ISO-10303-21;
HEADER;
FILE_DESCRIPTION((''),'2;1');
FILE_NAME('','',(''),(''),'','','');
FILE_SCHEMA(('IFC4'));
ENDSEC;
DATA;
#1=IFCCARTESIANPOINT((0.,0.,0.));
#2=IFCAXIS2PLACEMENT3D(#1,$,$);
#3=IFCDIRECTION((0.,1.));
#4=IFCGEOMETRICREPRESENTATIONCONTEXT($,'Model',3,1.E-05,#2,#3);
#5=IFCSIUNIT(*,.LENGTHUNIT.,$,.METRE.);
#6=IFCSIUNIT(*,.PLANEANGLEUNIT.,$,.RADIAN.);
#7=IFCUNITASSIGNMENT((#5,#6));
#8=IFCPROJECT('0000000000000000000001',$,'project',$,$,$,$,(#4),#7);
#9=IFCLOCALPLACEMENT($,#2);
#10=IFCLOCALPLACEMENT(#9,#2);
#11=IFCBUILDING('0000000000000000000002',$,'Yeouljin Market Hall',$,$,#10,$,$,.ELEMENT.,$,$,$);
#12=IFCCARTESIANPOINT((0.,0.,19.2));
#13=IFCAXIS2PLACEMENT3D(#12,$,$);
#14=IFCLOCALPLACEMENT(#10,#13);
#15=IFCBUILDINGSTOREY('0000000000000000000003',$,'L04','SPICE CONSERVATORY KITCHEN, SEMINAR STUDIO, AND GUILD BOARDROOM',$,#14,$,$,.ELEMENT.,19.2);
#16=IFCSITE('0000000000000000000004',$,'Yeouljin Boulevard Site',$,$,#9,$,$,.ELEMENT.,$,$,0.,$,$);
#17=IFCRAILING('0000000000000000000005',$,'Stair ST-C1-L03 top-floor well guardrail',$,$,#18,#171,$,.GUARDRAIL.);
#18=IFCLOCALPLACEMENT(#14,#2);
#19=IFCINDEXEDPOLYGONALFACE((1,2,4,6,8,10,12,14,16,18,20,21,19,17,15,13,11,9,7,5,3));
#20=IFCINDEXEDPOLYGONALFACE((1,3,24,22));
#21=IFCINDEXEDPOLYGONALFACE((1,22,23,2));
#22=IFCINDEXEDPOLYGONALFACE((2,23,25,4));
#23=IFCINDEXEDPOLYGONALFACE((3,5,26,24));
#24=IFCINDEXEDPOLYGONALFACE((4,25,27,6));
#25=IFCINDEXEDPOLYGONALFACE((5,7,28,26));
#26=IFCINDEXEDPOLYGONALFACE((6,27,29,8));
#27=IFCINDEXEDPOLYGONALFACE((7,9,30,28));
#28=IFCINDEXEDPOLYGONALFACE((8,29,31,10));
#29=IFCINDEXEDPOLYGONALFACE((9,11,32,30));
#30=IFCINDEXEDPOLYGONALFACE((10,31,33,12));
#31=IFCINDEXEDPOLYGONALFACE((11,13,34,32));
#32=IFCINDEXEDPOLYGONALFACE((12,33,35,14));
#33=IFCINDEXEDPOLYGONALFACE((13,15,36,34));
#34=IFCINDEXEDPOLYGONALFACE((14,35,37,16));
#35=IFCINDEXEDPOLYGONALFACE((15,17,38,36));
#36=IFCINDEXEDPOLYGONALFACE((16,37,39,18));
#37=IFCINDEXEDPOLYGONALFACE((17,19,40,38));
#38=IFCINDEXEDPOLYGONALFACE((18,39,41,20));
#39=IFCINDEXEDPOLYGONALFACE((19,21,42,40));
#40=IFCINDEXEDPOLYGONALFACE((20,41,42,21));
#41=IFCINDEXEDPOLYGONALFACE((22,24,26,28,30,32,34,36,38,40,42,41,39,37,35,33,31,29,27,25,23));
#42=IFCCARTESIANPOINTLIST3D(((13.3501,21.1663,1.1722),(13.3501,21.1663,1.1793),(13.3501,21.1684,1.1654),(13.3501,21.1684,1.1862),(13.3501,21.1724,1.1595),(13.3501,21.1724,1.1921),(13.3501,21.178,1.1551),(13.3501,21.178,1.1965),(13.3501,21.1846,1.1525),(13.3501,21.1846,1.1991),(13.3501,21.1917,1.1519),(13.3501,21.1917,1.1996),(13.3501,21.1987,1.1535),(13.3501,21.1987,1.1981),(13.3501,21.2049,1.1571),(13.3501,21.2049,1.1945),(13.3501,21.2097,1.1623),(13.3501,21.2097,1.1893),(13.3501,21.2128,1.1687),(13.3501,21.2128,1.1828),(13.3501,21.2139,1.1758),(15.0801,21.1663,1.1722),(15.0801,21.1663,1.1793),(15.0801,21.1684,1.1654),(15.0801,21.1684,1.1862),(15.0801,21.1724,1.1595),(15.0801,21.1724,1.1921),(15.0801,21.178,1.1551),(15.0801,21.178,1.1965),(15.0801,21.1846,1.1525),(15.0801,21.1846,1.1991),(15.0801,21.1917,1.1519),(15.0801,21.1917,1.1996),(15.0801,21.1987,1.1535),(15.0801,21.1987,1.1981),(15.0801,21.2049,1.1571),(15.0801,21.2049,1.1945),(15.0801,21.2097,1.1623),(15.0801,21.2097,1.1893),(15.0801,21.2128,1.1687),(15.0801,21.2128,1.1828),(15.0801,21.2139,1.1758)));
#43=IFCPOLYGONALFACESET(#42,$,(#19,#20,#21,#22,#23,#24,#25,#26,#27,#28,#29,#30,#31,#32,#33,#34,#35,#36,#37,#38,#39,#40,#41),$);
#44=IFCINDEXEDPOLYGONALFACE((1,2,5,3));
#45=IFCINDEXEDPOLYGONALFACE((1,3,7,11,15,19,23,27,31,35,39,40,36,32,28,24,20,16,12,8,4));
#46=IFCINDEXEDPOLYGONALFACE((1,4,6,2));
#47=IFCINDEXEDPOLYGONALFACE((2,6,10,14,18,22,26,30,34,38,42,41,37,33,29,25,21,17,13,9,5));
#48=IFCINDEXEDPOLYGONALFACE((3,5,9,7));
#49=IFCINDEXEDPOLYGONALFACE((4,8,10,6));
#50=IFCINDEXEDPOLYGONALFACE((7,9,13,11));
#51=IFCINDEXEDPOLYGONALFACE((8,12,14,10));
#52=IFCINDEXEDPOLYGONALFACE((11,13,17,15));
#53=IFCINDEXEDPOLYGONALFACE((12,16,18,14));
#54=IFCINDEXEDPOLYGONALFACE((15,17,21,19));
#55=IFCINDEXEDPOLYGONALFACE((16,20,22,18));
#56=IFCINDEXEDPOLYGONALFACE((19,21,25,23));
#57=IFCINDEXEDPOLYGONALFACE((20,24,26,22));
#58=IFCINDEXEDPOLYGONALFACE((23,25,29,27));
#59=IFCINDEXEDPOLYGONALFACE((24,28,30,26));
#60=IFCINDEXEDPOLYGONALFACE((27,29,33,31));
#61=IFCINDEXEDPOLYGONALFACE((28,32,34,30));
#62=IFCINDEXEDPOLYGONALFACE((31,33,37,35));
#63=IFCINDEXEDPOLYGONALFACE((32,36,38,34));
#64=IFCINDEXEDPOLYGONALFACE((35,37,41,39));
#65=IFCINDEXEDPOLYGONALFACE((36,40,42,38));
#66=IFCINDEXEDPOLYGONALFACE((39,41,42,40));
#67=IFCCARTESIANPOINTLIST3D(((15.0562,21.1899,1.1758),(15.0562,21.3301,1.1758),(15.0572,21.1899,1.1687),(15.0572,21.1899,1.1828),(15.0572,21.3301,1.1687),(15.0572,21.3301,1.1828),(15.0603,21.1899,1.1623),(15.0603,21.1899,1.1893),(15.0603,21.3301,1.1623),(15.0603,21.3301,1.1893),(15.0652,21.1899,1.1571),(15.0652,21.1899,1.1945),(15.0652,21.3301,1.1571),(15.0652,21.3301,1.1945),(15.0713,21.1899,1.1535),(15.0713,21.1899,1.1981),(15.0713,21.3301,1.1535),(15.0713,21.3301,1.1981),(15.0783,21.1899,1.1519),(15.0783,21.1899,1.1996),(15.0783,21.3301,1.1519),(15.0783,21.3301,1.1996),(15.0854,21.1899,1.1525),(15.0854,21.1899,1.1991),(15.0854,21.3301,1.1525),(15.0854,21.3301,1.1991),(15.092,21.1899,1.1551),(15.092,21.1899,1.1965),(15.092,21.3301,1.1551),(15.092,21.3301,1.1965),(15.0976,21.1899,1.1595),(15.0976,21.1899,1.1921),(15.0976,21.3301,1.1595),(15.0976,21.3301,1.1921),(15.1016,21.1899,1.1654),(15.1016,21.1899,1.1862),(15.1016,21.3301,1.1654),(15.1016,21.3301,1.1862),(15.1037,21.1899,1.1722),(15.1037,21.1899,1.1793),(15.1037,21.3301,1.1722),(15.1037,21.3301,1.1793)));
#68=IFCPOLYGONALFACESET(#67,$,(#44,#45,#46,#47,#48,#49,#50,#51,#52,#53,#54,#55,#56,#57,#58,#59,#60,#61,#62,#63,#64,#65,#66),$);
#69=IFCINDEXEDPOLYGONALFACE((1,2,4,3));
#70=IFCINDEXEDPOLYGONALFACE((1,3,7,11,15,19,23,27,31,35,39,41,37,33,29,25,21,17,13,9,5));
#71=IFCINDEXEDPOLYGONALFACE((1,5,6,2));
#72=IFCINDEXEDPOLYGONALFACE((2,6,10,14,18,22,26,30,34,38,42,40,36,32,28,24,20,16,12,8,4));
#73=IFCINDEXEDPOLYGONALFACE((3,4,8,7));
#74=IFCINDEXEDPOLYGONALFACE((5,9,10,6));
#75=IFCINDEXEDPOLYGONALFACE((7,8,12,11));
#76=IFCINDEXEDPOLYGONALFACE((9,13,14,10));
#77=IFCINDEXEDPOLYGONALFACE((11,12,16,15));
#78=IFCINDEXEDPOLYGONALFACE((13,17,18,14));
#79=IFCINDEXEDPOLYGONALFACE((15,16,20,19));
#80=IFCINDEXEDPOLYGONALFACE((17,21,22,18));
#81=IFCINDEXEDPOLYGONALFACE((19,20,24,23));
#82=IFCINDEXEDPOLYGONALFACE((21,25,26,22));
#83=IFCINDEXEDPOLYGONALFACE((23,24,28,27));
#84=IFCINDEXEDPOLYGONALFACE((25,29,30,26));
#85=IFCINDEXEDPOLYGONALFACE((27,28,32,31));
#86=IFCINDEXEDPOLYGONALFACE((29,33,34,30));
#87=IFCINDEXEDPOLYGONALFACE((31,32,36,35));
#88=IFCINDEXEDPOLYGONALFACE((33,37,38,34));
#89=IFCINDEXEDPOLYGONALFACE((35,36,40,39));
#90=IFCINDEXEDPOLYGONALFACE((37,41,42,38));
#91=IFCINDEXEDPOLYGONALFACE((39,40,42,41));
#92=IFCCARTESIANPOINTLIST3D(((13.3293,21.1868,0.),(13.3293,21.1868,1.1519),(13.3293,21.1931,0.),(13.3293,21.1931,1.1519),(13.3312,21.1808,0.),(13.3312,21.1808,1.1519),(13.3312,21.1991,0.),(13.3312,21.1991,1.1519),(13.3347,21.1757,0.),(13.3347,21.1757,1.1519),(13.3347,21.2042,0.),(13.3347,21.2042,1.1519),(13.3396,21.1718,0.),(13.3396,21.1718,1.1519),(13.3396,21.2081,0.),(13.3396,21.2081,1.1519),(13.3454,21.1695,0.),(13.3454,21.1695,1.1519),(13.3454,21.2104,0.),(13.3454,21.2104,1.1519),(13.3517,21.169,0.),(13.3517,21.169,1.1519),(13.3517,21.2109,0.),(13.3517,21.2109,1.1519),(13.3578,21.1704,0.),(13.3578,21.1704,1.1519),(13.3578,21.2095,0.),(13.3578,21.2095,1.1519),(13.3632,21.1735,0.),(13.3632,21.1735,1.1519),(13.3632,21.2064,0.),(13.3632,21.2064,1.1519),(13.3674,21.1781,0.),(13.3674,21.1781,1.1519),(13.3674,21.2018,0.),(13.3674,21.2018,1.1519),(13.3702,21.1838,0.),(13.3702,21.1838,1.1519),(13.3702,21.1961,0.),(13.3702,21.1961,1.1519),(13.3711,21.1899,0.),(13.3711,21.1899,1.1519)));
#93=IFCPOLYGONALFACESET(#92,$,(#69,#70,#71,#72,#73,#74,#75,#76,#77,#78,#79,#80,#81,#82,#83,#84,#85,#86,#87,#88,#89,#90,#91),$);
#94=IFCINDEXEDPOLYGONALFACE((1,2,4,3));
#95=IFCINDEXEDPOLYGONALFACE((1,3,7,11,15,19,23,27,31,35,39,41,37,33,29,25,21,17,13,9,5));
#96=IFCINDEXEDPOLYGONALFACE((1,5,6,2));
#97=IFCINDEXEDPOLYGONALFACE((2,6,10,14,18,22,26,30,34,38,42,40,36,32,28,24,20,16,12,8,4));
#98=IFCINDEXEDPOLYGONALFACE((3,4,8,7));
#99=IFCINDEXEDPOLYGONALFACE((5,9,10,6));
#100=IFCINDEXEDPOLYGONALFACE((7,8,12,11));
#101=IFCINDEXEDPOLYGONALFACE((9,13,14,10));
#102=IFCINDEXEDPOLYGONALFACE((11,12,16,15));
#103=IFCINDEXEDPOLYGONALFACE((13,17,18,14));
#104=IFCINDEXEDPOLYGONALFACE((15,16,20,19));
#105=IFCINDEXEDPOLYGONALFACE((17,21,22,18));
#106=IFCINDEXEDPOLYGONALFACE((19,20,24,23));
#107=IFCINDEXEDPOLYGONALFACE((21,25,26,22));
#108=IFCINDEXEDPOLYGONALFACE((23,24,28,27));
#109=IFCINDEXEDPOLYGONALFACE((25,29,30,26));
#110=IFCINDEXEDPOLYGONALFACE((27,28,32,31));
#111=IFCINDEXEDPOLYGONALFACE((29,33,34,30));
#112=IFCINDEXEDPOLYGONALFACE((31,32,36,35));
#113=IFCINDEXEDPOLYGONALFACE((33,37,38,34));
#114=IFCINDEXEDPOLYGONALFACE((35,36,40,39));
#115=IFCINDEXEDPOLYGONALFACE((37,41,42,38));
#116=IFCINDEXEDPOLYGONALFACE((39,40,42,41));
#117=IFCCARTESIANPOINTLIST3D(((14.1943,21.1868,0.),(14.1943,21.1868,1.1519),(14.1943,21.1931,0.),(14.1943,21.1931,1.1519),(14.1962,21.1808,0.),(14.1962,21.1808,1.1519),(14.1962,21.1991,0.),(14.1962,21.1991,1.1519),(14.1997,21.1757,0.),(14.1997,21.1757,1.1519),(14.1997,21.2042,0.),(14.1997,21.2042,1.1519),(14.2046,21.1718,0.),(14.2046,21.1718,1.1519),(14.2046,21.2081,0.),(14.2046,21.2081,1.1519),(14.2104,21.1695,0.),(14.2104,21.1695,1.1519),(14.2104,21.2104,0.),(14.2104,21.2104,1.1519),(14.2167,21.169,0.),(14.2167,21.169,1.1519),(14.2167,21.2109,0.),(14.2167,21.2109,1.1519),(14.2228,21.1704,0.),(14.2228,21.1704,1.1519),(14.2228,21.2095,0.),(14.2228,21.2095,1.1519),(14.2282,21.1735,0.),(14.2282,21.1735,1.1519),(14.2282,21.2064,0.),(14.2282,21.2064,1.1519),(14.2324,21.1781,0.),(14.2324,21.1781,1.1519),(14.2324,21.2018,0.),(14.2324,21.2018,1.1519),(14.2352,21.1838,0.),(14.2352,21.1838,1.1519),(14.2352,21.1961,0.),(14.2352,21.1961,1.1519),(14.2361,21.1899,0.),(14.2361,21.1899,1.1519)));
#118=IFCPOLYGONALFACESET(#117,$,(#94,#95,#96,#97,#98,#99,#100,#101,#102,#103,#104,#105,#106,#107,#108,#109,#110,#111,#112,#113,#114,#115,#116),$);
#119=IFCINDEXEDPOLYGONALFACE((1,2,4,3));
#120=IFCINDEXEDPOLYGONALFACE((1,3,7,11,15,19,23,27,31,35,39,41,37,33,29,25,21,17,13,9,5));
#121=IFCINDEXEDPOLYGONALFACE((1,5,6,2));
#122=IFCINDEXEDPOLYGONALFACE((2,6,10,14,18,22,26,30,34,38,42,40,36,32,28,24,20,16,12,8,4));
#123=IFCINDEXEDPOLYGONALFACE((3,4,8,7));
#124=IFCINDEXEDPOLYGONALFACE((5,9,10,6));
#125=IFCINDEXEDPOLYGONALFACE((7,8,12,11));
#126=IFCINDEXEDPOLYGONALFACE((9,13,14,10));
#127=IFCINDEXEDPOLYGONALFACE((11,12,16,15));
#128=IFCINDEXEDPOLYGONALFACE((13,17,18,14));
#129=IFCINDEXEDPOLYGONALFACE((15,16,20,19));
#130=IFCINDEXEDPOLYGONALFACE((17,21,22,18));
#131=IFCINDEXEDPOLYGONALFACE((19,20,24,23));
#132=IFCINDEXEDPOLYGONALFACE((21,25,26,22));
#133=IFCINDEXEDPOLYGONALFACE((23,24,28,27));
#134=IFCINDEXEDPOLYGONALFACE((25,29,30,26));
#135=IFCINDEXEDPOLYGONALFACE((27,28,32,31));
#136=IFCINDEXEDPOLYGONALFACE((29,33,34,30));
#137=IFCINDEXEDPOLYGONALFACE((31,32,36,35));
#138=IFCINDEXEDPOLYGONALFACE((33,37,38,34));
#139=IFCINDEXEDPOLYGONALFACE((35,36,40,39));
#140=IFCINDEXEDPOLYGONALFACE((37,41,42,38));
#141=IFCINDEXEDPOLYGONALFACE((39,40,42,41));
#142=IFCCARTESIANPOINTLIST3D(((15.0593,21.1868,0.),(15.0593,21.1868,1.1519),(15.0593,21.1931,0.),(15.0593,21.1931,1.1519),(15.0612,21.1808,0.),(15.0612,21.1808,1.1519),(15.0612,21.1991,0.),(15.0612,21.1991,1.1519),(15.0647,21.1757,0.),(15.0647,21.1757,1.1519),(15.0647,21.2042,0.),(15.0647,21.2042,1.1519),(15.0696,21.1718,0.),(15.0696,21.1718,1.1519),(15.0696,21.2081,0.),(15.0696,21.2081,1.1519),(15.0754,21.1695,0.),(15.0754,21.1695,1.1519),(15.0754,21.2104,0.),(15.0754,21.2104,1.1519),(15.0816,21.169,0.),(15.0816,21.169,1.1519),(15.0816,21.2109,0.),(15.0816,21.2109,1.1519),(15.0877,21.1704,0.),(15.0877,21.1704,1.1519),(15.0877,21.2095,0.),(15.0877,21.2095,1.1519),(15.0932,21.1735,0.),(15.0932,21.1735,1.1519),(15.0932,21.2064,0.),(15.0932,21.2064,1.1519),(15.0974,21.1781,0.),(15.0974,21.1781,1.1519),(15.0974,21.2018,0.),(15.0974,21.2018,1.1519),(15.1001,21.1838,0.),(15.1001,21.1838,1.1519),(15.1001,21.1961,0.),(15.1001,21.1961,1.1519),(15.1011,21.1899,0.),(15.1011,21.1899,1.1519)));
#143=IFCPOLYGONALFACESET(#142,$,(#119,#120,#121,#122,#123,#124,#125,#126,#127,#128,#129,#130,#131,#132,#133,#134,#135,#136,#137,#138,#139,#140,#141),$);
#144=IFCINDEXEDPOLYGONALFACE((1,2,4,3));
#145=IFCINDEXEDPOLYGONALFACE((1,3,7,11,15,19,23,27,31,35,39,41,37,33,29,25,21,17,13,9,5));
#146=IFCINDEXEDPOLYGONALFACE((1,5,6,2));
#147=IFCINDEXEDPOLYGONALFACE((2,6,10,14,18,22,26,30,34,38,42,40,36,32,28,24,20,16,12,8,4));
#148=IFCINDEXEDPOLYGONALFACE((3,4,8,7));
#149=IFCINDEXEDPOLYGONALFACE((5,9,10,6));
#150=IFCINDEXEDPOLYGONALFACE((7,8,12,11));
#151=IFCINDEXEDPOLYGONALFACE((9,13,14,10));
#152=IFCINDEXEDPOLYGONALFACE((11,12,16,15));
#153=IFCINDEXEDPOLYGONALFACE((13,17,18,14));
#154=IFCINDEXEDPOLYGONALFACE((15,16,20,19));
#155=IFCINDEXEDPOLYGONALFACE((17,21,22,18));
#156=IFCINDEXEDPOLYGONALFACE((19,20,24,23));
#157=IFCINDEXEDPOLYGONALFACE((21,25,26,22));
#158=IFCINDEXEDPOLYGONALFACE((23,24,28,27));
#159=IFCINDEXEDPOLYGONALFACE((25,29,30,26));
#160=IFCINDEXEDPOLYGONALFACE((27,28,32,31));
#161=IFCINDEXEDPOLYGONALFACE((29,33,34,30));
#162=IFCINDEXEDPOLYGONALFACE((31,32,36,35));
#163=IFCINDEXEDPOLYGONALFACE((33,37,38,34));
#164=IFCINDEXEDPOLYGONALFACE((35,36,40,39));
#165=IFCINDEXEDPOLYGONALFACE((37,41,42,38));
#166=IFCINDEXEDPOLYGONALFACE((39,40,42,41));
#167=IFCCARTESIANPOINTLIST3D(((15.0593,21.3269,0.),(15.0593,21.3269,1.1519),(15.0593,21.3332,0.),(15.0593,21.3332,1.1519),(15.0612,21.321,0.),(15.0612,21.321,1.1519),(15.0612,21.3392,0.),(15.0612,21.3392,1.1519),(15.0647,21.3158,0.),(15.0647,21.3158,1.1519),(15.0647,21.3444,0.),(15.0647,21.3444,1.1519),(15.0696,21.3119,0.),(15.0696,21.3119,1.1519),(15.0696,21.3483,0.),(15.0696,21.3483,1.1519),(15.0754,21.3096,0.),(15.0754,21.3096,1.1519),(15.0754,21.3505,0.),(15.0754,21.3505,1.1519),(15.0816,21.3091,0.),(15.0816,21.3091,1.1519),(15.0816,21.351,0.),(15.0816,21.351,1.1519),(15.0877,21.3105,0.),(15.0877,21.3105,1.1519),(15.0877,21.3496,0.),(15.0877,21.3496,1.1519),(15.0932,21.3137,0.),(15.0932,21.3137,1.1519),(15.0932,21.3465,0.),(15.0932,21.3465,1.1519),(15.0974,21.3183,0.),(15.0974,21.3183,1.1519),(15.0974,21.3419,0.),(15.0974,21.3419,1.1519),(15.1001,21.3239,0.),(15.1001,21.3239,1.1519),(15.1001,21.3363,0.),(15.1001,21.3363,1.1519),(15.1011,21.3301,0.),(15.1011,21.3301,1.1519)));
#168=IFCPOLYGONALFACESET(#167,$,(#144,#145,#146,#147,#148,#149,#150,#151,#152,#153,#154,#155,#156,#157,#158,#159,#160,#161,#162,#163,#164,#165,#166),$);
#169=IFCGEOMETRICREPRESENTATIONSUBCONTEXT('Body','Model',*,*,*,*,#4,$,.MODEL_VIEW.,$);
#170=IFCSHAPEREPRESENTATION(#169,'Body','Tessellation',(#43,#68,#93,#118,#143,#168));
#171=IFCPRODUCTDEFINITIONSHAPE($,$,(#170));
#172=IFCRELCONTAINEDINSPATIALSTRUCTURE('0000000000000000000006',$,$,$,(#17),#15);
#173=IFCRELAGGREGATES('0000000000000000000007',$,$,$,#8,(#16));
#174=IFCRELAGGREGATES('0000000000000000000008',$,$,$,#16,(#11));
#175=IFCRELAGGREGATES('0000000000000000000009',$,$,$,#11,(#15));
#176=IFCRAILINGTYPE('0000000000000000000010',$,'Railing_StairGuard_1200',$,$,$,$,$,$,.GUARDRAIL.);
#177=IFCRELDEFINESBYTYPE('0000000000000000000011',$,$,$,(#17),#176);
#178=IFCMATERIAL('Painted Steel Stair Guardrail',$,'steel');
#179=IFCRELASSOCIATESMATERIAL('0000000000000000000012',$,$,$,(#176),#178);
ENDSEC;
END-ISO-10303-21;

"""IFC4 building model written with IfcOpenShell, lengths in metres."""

from ifc_helpers import new_model, si_unit, direction, frame, origin, origin_2d, place, context, subcontext, project, spatial, circle, extrude, material, type_object, element, save


model = new_model("IFC4")

# Units and contexts
model_context = context("Model", 3, precision=1e-05, world=origin(), true_north=direction((0.0, 1.0)))
body_context = subcontext(model_context, "Body", "Model", "MODEL_VIEW")
ifc_project = project(units=[si_unit("LENGTHUNIT", "METRE"), si_unit("PLANEANGLEUNIT", "RADIAN")], contexts=[model_context])

# Site, building, storey
site_placement = place(None, origin())
site = spatial("IfcSite", under=ifc_project, at=site_placement, Name="Yeouljin Boulevard Site", CompositionType="ELEMENT", RefElevation=0.0)
building_placement = place(site_placement, origin())
building = spatial("IfcBuilding", under=site, at=building_placement, Name="Yeouljin Market Hall", CompositionType="ELEMENT")
storey_placement = place(building_placement, frame((0.0, 0.0, 19.2)))
storey = spatial("IfcBuildingStorey", under=building, at=storey_placement, Name="L04", Description="SPICE CONSERVATORY KITCHEN, SEMINAR STUDIO, AND GUILD BOARDROOM", CompositionType="ELEMENT", Elevation=19.2)

# Railing
ifc_material_1 = material(Name="Painted Steel Stair Guardrail", Category="steel")
railing_type = type_object("IfcRailingType", Name="Railing_StairGuard_1200", PredefinedType="GUARDRAIL", material=ifc_material_1)
railing_placement = place(storey_placement, frame((13.3501, 21.1899, 0.0)))
element("IfcRailing", 1, at=railing_placement, inside=storey, type_object=railing_type, Name="Stair ST-C1-L03 top-floor well guardrail", PredefinedType="GUARDRAIL", context=body_context, shape_type="SweptSolid", body=[
    extrude(circle(Radius=0.0239, at=origin_2d()), frame((0.0, 0.0, 1.1758), z_axis=(1.0, 0.0, 0.0), x_axis=(0.0, 1.0, 0.0)), (0.0, 0.0, 1.0), 1.73),
    extrude(circle(Radius=0.0239, at=origin_2d()), frame((1.73, 0.0, 1.1758), z_axis=(0.0, 1.0, 0.0), x_axis=(-1.0, 0.0, 0.0)), (0.0, 0.0, 1.0), 0.1401),
    extrude(circle(Radius=0.021, at=origin_2d()), origin(), (0.0, 0.0, 1.0), 1.1519),
    extrude(circle(Radius=0.021, at=origin_2d()), frame((0.865, 0.0, 0.0)), (0.0, 0.0, 1.0), 1.1519),
    extrude(circle(Radius=0.021, at=origin_2d()), frame((1.73, 0.0, 0.0)), (0.0, 0.0, 1.0), 1.1519),
    extrude(circle(Radius=0.021, at=origin_2d()), frame((1.73, 0.1401, 0.0)), (0.0, 0.0, 1.0), 1.1519),
])

save(model, "model.ifc")
